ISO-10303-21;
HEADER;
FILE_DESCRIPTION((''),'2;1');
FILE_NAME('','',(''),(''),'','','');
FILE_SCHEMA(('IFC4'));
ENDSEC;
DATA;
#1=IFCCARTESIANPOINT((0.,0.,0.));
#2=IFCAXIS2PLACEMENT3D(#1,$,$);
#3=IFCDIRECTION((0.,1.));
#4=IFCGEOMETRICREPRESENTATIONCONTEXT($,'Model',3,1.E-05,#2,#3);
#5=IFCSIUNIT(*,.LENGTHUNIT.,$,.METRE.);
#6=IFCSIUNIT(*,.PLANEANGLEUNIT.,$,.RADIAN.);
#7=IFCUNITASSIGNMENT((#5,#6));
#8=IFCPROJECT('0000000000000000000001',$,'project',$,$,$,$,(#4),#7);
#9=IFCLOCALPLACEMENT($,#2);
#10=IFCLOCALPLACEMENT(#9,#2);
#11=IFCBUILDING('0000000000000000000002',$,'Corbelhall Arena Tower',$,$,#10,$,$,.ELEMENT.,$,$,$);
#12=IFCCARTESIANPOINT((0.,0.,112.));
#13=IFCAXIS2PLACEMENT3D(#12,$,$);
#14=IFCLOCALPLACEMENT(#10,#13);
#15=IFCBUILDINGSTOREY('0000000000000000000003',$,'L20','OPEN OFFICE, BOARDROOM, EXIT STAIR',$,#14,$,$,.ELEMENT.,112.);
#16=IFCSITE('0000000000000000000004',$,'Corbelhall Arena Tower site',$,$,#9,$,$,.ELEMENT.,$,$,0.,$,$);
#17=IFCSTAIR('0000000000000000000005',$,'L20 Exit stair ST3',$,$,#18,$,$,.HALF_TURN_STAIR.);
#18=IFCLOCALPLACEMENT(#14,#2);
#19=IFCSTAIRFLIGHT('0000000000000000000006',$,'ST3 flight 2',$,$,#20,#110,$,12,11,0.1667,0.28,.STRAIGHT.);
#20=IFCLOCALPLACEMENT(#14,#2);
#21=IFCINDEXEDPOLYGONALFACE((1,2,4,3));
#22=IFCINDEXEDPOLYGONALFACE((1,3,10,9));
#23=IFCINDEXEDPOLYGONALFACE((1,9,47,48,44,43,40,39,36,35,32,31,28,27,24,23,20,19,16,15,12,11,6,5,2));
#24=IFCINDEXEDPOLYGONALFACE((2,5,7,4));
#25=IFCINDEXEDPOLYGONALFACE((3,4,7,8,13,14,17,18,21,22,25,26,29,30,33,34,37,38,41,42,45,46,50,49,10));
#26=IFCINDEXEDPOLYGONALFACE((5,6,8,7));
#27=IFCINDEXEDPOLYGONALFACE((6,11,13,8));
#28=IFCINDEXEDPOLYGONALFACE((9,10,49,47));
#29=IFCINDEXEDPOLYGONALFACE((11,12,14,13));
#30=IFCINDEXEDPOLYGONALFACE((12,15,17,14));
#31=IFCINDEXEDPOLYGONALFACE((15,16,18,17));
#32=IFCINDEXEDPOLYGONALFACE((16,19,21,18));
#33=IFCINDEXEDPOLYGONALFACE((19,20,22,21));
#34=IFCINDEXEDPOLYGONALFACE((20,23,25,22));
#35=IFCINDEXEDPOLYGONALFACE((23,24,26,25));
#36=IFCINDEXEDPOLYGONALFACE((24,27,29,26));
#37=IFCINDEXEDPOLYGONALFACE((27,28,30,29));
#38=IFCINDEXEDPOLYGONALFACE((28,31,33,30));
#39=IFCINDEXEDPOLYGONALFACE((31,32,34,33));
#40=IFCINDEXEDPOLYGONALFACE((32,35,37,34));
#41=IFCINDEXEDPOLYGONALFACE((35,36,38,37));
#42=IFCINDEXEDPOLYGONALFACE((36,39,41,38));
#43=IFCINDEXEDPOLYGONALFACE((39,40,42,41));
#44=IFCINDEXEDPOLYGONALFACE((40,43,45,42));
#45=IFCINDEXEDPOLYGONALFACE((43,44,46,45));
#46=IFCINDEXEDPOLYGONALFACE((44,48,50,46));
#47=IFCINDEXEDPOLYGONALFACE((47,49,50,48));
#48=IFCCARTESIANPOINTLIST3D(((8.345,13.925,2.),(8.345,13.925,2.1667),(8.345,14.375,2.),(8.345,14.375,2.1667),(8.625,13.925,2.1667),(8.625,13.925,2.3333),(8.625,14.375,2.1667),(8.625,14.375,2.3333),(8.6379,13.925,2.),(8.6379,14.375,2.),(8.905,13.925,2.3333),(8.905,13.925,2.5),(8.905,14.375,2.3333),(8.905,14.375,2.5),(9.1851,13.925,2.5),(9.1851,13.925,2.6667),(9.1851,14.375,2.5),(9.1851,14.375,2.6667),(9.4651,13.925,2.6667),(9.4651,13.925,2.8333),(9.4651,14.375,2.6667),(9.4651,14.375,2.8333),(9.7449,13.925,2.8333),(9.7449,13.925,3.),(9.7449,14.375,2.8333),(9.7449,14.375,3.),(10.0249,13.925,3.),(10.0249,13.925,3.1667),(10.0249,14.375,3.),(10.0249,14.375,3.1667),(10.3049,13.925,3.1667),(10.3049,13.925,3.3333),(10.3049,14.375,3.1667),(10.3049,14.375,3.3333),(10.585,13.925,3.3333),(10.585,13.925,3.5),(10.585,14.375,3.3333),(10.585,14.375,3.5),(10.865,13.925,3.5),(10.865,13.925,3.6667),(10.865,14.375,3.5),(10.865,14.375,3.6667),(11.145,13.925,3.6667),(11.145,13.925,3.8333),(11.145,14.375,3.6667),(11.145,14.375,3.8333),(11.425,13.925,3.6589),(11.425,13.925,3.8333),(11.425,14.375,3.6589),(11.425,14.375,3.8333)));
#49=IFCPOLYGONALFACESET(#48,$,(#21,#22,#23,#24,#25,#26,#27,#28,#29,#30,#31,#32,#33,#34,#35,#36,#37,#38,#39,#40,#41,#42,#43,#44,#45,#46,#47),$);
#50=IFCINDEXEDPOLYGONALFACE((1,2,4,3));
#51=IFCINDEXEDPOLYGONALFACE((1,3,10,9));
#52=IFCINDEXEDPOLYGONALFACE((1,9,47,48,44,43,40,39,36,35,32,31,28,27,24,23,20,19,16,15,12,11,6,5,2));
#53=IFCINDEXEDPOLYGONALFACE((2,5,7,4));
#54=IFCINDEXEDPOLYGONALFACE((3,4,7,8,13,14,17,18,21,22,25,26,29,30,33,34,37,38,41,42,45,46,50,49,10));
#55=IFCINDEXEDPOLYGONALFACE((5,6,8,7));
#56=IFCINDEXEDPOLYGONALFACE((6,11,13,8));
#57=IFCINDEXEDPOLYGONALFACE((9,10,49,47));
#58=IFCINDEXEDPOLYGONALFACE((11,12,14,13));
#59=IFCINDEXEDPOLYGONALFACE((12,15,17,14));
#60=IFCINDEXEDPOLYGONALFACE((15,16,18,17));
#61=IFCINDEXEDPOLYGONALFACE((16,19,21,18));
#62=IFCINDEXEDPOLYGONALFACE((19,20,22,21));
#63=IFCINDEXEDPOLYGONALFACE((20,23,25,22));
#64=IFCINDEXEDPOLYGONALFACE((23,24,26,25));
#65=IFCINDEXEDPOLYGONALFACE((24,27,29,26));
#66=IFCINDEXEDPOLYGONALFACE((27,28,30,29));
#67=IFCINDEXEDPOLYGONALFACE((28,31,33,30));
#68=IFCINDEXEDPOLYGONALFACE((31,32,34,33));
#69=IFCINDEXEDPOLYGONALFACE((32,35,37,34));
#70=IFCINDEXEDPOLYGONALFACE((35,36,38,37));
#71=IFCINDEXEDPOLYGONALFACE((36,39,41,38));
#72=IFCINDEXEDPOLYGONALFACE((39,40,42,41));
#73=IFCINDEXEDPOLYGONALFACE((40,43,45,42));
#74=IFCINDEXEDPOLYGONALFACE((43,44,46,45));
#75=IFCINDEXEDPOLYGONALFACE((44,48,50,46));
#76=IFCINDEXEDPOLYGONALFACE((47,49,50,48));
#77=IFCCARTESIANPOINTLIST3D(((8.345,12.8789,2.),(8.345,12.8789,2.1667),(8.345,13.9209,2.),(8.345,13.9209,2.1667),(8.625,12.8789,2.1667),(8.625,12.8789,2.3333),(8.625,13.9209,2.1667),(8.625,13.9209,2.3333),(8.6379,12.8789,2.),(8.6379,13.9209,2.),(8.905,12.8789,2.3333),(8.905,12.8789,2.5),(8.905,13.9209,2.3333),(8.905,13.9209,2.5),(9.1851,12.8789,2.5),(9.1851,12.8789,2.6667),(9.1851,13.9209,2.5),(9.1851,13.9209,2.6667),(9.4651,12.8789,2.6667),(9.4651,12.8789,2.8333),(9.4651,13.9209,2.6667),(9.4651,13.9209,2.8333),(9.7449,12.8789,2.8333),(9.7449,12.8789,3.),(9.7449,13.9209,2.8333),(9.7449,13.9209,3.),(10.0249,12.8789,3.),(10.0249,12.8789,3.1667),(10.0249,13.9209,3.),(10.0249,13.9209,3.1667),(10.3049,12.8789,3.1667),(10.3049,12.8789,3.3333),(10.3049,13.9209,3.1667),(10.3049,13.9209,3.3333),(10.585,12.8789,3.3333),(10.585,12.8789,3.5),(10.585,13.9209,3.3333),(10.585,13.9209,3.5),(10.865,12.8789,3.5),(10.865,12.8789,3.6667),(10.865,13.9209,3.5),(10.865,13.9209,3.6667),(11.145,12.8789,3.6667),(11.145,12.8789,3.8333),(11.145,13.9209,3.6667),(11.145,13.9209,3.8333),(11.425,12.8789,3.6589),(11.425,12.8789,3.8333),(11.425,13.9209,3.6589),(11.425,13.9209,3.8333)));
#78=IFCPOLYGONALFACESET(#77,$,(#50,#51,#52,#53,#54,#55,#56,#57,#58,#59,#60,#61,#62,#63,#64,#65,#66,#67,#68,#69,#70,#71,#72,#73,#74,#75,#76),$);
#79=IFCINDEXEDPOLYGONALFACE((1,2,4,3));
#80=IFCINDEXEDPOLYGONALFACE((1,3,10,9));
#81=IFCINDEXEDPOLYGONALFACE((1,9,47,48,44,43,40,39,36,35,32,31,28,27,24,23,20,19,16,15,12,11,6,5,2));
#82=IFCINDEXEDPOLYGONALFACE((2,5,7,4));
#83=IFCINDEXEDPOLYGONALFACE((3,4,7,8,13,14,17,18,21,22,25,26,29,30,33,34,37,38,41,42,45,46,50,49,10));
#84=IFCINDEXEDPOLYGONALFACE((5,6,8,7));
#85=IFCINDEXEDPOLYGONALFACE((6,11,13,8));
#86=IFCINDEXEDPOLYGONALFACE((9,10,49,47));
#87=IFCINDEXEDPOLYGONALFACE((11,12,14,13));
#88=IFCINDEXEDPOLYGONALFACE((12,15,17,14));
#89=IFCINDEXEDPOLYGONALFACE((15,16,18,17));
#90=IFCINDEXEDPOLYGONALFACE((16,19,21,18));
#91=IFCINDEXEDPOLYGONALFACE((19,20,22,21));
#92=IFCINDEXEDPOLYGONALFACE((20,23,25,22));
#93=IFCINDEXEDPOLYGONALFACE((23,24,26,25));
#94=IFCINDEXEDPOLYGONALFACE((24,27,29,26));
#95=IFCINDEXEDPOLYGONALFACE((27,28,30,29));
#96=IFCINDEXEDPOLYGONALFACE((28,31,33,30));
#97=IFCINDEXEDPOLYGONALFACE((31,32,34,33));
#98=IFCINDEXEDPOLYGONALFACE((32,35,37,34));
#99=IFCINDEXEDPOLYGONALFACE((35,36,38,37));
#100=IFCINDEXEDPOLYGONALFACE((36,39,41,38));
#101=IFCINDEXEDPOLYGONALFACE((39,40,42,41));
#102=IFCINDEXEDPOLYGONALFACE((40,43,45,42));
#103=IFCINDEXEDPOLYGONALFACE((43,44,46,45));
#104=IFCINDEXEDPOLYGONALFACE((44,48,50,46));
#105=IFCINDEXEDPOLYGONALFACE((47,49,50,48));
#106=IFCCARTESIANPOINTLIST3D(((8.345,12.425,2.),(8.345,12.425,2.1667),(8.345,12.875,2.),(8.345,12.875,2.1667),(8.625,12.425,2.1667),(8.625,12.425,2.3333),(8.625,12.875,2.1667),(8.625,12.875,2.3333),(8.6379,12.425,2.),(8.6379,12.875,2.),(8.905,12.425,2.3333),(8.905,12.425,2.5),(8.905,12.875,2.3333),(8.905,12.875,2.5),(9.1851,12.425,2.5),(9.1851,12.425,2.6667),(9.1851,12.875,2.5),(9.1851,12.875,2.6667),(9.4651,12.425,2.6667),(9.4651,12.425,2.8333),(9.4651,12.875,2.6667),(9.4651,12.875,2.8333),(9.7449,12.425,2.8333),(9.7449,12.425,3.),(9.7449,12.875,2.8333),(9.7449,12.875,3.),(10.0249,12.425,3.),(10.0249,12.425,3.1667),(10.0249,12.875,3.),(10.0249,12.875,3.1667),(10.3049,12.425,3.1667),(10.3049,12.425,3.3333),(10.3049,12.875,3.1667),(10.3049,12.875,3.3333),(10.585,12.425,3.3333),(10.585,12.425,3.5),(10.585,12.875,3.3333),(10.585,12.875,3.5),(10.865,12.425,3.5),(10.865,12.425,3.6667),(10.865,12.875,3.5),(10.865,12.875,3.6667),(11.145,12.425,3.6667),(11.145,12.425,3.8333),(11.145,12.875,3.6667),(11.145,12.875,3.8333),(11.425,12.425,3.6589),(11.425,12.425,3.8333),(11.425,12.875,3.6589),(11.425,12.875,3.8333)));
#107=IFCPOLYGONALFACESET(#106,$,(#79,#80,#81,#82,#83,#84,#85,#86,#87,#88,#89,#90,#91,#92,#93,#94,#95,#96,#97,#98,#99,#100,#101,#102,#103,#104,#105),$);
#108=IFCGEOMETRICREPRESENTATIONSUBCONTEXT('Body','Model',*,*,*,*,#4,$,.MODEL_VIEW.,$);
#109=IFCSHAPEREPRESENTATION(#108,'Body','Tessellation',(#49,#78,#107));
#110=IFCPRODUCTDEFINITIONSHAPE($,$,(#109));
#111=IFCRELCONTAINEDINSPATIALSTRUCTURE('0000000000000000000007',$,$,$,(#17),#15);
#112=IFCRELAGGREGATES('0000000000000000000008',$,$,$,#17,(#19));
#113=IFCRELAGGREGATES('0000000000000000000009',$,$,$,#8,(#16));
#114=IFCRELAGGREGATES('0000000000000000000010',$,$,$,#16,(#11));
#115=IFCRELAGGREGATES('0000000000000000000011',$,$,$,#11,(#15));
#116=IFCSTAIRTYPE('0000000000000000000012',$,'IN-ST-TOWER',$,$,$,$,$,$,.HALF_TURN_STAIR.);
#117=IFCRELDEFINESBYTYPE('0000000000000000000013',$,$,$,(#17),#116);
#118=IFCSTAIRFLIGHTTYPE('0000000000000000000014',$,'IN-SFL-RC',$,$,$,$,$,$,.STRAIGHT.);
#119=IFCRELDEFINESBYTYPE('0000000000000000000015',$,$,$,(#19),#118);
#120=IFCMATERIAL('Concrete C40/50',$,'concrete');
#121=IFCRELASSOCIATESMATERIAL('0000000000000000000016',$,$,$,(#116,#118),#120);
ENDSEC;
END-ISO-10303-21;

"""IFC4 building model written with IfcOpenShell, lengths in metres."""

from ifc_helpers import new_model, si_unit, direction, frame, origin, place, context, subcontext, project, spatial, polyline, outline, extrude, material, type_object, element, aggregate, save


model = new_model("IFC4")

# Units and contexts
model_context = context("Model", 3, precision=1e-05, world=origin(), true_north=direction((0.0, 1.0)))
body_context = subcontext(model_context, "Body", "Model", "MODEL_VIEW")
ifc_project = project(units=[si_unit("LENGTHUNIT", "METRE"), si_unit("PLANEANGLEUNIT", "RADIAN")], contexts=[model_context])

# Site, building, storey
site_placement = place(None, origin())
site = spatial("IfcSite", under=ifc_project, at=site_placement, Name="Corbelhall Arena Tower site", CompositionType="ELEMENT", RefElevation=0.0)
building_placement = place(site_placement, origin())
building = spatial("IfcBuilding", under=site, at=building_placement, Name="Corbelhall Arena Tower", CompositionType="ELEMENT")
storey_placement = place(building_placement, frame((0.0, 0.0, 112.0)))
storey = spatial("IfcBuildingStorey", under=building, at=storey_placement, Name="L20", Description="OPEN OFFICE, BOARDROOM, EXIT STAIR", CompositionType="ELEMENT", Elevation=112.0)

# Shared definitions
ifc_material_1 = material(Name="Concrete C40/50", Category="concrete")

# Stair, stair flight
stair_type = type_object("IfcStairType", Name="IN-ST-TOWER", PredefinedType="HALF_TURN_STAIR", material=ifc_material_1)
stair_placement = place(storey_placement, origin())
stair = element("IfcStair", 1, at=stair_placement, inside=storey, type_object=stair_type, Name="L20 Exit stair ST3", PredefinedType="HALF_TURN_STAIR")
stair_flight_type = type_object("IfcStairFlightType", Name="IN-SFL-RC", PredefinedType="STRAIGHT", material=ifc_material_1)
stair_flight_1_placement = place(storey_placement, frame((8.345, 13.3999, 2.0), z_axis=(0.0, 0.0, 1.0), x_axis=(1.0, 0.0, 0.0)))
stair_flight_1 = element("IfcStairFlight", 2, at=stair_flight_1_placement, type_object=stair_flight_type, Name="ST3 flight 2", NumberOfRisers=12, NumberOfTreads=11, PredefinedType="STRAIGHT", RiserHeight=0.1667, TreadLength=0.28, context=body_context, shape_type="SweptSolid", body=[
    extrude(outline(polyline([(0.0, 0.0), (0.0, 0.1667), (0.28, 0.1667), (0.28, 0.3333), (0.5601, 0.3333), (0.5601, 0.5), (0.8401, 0.5), (0.8401, 0.6667), (1.1201, 0.6667), (1.1201, 0.8333), (1.3999, 0.8333), (1.3999, 1.0), (1.6799, 1.0), (1.6799, 1.1667), (1.96, 1.1667), (1.96, 1.3333), (2.24, 1.3333), (2.24, 1.5), (2.52, 1.5), (2.52, 1.6667), (2.8, 1.6667), (2.8, 1.8333), (3.0801, 1.8333), (3.0801, 2.0), (3.0801, 1.6589), (0.293, 0.0), (0.0, 0.0)])), frame((0.0, 0.9751, 0.0), z_axis=(0.0, -1.0, 0.0), x_axis=(1.0, 0.0, 0.0)), (0.0, 0.0, 1.0), 0.45),
    extrude(outline(polyline([(0.0, 0.0), (0.0, 0.1667), (0.28, 0.1667), (0.28, 0.3333), (0.5601, 0.3333), (0.5601, 0.5), (0.8401, 0.5), (0.8401, 0.6667), (1.1201, 0.6667), (1.1201, 0.8333), (1.3999, 0.8333), (1.3999, 1.0), (1.6799, 1.0), (1.6799, 1.1667), (1.96, 1.1667), (1.96, 1.3333), (2.24, 1.3333), (2.24, 1.5), (2.52, 1.5), (2.52, 1.6667), (2.8, 1.6667), (2.8, 1.8333), (3.0801, 1.8333), (3.0801, 2.0), (3.0801, 1.6589), (0.293, 0.0), (0.0, 0.0)])), frame((0.0, 0.521, 0.0), z_axis=(0.0, -1.0, 0.0), x_axis=(1.0, 0.0, 0.0)), (0.0, 0.0, 1.0), 1.042),
    extrude(outline(polyline([(0.0, 0.0), (0.0, 0.1667), (0.28, 0.1667), (0.28, 0.3333), (0.5601, 0.3333), (0.5601, 0.5), (0.8401, 0.5), (0.8401, 0.6667), (1.1201, 0.6667), (1.1201, 0.8333), (1.3999, 0.8333), (1.3999, 1.0), (1.6799, 1.0), (1.6799, 1.1667), (1.96, 1.1667), (1.96, 1.3333), (2.24, 1.3333), (2.24, 1.5), (2.52, 1.5), (2.52, 1.6667), (2.8, 1.6667), (2.8, 1.8333), (3.0801, 1.8333), (3.0801, 2.0), (3.0801, 1.6589), (0.293, 0.0), (0.0, 0.0)])), frame((0.0, -0.5249, 0.0), z_axis=(0.0, -1.0, 0.0), x_axis=(1.0, 0.0, 0.0)), (0.0, 0.0, 1.0), 0.45),
])
aggregate(stair, [stair_flight_1])

save(model, "model.ifc")
